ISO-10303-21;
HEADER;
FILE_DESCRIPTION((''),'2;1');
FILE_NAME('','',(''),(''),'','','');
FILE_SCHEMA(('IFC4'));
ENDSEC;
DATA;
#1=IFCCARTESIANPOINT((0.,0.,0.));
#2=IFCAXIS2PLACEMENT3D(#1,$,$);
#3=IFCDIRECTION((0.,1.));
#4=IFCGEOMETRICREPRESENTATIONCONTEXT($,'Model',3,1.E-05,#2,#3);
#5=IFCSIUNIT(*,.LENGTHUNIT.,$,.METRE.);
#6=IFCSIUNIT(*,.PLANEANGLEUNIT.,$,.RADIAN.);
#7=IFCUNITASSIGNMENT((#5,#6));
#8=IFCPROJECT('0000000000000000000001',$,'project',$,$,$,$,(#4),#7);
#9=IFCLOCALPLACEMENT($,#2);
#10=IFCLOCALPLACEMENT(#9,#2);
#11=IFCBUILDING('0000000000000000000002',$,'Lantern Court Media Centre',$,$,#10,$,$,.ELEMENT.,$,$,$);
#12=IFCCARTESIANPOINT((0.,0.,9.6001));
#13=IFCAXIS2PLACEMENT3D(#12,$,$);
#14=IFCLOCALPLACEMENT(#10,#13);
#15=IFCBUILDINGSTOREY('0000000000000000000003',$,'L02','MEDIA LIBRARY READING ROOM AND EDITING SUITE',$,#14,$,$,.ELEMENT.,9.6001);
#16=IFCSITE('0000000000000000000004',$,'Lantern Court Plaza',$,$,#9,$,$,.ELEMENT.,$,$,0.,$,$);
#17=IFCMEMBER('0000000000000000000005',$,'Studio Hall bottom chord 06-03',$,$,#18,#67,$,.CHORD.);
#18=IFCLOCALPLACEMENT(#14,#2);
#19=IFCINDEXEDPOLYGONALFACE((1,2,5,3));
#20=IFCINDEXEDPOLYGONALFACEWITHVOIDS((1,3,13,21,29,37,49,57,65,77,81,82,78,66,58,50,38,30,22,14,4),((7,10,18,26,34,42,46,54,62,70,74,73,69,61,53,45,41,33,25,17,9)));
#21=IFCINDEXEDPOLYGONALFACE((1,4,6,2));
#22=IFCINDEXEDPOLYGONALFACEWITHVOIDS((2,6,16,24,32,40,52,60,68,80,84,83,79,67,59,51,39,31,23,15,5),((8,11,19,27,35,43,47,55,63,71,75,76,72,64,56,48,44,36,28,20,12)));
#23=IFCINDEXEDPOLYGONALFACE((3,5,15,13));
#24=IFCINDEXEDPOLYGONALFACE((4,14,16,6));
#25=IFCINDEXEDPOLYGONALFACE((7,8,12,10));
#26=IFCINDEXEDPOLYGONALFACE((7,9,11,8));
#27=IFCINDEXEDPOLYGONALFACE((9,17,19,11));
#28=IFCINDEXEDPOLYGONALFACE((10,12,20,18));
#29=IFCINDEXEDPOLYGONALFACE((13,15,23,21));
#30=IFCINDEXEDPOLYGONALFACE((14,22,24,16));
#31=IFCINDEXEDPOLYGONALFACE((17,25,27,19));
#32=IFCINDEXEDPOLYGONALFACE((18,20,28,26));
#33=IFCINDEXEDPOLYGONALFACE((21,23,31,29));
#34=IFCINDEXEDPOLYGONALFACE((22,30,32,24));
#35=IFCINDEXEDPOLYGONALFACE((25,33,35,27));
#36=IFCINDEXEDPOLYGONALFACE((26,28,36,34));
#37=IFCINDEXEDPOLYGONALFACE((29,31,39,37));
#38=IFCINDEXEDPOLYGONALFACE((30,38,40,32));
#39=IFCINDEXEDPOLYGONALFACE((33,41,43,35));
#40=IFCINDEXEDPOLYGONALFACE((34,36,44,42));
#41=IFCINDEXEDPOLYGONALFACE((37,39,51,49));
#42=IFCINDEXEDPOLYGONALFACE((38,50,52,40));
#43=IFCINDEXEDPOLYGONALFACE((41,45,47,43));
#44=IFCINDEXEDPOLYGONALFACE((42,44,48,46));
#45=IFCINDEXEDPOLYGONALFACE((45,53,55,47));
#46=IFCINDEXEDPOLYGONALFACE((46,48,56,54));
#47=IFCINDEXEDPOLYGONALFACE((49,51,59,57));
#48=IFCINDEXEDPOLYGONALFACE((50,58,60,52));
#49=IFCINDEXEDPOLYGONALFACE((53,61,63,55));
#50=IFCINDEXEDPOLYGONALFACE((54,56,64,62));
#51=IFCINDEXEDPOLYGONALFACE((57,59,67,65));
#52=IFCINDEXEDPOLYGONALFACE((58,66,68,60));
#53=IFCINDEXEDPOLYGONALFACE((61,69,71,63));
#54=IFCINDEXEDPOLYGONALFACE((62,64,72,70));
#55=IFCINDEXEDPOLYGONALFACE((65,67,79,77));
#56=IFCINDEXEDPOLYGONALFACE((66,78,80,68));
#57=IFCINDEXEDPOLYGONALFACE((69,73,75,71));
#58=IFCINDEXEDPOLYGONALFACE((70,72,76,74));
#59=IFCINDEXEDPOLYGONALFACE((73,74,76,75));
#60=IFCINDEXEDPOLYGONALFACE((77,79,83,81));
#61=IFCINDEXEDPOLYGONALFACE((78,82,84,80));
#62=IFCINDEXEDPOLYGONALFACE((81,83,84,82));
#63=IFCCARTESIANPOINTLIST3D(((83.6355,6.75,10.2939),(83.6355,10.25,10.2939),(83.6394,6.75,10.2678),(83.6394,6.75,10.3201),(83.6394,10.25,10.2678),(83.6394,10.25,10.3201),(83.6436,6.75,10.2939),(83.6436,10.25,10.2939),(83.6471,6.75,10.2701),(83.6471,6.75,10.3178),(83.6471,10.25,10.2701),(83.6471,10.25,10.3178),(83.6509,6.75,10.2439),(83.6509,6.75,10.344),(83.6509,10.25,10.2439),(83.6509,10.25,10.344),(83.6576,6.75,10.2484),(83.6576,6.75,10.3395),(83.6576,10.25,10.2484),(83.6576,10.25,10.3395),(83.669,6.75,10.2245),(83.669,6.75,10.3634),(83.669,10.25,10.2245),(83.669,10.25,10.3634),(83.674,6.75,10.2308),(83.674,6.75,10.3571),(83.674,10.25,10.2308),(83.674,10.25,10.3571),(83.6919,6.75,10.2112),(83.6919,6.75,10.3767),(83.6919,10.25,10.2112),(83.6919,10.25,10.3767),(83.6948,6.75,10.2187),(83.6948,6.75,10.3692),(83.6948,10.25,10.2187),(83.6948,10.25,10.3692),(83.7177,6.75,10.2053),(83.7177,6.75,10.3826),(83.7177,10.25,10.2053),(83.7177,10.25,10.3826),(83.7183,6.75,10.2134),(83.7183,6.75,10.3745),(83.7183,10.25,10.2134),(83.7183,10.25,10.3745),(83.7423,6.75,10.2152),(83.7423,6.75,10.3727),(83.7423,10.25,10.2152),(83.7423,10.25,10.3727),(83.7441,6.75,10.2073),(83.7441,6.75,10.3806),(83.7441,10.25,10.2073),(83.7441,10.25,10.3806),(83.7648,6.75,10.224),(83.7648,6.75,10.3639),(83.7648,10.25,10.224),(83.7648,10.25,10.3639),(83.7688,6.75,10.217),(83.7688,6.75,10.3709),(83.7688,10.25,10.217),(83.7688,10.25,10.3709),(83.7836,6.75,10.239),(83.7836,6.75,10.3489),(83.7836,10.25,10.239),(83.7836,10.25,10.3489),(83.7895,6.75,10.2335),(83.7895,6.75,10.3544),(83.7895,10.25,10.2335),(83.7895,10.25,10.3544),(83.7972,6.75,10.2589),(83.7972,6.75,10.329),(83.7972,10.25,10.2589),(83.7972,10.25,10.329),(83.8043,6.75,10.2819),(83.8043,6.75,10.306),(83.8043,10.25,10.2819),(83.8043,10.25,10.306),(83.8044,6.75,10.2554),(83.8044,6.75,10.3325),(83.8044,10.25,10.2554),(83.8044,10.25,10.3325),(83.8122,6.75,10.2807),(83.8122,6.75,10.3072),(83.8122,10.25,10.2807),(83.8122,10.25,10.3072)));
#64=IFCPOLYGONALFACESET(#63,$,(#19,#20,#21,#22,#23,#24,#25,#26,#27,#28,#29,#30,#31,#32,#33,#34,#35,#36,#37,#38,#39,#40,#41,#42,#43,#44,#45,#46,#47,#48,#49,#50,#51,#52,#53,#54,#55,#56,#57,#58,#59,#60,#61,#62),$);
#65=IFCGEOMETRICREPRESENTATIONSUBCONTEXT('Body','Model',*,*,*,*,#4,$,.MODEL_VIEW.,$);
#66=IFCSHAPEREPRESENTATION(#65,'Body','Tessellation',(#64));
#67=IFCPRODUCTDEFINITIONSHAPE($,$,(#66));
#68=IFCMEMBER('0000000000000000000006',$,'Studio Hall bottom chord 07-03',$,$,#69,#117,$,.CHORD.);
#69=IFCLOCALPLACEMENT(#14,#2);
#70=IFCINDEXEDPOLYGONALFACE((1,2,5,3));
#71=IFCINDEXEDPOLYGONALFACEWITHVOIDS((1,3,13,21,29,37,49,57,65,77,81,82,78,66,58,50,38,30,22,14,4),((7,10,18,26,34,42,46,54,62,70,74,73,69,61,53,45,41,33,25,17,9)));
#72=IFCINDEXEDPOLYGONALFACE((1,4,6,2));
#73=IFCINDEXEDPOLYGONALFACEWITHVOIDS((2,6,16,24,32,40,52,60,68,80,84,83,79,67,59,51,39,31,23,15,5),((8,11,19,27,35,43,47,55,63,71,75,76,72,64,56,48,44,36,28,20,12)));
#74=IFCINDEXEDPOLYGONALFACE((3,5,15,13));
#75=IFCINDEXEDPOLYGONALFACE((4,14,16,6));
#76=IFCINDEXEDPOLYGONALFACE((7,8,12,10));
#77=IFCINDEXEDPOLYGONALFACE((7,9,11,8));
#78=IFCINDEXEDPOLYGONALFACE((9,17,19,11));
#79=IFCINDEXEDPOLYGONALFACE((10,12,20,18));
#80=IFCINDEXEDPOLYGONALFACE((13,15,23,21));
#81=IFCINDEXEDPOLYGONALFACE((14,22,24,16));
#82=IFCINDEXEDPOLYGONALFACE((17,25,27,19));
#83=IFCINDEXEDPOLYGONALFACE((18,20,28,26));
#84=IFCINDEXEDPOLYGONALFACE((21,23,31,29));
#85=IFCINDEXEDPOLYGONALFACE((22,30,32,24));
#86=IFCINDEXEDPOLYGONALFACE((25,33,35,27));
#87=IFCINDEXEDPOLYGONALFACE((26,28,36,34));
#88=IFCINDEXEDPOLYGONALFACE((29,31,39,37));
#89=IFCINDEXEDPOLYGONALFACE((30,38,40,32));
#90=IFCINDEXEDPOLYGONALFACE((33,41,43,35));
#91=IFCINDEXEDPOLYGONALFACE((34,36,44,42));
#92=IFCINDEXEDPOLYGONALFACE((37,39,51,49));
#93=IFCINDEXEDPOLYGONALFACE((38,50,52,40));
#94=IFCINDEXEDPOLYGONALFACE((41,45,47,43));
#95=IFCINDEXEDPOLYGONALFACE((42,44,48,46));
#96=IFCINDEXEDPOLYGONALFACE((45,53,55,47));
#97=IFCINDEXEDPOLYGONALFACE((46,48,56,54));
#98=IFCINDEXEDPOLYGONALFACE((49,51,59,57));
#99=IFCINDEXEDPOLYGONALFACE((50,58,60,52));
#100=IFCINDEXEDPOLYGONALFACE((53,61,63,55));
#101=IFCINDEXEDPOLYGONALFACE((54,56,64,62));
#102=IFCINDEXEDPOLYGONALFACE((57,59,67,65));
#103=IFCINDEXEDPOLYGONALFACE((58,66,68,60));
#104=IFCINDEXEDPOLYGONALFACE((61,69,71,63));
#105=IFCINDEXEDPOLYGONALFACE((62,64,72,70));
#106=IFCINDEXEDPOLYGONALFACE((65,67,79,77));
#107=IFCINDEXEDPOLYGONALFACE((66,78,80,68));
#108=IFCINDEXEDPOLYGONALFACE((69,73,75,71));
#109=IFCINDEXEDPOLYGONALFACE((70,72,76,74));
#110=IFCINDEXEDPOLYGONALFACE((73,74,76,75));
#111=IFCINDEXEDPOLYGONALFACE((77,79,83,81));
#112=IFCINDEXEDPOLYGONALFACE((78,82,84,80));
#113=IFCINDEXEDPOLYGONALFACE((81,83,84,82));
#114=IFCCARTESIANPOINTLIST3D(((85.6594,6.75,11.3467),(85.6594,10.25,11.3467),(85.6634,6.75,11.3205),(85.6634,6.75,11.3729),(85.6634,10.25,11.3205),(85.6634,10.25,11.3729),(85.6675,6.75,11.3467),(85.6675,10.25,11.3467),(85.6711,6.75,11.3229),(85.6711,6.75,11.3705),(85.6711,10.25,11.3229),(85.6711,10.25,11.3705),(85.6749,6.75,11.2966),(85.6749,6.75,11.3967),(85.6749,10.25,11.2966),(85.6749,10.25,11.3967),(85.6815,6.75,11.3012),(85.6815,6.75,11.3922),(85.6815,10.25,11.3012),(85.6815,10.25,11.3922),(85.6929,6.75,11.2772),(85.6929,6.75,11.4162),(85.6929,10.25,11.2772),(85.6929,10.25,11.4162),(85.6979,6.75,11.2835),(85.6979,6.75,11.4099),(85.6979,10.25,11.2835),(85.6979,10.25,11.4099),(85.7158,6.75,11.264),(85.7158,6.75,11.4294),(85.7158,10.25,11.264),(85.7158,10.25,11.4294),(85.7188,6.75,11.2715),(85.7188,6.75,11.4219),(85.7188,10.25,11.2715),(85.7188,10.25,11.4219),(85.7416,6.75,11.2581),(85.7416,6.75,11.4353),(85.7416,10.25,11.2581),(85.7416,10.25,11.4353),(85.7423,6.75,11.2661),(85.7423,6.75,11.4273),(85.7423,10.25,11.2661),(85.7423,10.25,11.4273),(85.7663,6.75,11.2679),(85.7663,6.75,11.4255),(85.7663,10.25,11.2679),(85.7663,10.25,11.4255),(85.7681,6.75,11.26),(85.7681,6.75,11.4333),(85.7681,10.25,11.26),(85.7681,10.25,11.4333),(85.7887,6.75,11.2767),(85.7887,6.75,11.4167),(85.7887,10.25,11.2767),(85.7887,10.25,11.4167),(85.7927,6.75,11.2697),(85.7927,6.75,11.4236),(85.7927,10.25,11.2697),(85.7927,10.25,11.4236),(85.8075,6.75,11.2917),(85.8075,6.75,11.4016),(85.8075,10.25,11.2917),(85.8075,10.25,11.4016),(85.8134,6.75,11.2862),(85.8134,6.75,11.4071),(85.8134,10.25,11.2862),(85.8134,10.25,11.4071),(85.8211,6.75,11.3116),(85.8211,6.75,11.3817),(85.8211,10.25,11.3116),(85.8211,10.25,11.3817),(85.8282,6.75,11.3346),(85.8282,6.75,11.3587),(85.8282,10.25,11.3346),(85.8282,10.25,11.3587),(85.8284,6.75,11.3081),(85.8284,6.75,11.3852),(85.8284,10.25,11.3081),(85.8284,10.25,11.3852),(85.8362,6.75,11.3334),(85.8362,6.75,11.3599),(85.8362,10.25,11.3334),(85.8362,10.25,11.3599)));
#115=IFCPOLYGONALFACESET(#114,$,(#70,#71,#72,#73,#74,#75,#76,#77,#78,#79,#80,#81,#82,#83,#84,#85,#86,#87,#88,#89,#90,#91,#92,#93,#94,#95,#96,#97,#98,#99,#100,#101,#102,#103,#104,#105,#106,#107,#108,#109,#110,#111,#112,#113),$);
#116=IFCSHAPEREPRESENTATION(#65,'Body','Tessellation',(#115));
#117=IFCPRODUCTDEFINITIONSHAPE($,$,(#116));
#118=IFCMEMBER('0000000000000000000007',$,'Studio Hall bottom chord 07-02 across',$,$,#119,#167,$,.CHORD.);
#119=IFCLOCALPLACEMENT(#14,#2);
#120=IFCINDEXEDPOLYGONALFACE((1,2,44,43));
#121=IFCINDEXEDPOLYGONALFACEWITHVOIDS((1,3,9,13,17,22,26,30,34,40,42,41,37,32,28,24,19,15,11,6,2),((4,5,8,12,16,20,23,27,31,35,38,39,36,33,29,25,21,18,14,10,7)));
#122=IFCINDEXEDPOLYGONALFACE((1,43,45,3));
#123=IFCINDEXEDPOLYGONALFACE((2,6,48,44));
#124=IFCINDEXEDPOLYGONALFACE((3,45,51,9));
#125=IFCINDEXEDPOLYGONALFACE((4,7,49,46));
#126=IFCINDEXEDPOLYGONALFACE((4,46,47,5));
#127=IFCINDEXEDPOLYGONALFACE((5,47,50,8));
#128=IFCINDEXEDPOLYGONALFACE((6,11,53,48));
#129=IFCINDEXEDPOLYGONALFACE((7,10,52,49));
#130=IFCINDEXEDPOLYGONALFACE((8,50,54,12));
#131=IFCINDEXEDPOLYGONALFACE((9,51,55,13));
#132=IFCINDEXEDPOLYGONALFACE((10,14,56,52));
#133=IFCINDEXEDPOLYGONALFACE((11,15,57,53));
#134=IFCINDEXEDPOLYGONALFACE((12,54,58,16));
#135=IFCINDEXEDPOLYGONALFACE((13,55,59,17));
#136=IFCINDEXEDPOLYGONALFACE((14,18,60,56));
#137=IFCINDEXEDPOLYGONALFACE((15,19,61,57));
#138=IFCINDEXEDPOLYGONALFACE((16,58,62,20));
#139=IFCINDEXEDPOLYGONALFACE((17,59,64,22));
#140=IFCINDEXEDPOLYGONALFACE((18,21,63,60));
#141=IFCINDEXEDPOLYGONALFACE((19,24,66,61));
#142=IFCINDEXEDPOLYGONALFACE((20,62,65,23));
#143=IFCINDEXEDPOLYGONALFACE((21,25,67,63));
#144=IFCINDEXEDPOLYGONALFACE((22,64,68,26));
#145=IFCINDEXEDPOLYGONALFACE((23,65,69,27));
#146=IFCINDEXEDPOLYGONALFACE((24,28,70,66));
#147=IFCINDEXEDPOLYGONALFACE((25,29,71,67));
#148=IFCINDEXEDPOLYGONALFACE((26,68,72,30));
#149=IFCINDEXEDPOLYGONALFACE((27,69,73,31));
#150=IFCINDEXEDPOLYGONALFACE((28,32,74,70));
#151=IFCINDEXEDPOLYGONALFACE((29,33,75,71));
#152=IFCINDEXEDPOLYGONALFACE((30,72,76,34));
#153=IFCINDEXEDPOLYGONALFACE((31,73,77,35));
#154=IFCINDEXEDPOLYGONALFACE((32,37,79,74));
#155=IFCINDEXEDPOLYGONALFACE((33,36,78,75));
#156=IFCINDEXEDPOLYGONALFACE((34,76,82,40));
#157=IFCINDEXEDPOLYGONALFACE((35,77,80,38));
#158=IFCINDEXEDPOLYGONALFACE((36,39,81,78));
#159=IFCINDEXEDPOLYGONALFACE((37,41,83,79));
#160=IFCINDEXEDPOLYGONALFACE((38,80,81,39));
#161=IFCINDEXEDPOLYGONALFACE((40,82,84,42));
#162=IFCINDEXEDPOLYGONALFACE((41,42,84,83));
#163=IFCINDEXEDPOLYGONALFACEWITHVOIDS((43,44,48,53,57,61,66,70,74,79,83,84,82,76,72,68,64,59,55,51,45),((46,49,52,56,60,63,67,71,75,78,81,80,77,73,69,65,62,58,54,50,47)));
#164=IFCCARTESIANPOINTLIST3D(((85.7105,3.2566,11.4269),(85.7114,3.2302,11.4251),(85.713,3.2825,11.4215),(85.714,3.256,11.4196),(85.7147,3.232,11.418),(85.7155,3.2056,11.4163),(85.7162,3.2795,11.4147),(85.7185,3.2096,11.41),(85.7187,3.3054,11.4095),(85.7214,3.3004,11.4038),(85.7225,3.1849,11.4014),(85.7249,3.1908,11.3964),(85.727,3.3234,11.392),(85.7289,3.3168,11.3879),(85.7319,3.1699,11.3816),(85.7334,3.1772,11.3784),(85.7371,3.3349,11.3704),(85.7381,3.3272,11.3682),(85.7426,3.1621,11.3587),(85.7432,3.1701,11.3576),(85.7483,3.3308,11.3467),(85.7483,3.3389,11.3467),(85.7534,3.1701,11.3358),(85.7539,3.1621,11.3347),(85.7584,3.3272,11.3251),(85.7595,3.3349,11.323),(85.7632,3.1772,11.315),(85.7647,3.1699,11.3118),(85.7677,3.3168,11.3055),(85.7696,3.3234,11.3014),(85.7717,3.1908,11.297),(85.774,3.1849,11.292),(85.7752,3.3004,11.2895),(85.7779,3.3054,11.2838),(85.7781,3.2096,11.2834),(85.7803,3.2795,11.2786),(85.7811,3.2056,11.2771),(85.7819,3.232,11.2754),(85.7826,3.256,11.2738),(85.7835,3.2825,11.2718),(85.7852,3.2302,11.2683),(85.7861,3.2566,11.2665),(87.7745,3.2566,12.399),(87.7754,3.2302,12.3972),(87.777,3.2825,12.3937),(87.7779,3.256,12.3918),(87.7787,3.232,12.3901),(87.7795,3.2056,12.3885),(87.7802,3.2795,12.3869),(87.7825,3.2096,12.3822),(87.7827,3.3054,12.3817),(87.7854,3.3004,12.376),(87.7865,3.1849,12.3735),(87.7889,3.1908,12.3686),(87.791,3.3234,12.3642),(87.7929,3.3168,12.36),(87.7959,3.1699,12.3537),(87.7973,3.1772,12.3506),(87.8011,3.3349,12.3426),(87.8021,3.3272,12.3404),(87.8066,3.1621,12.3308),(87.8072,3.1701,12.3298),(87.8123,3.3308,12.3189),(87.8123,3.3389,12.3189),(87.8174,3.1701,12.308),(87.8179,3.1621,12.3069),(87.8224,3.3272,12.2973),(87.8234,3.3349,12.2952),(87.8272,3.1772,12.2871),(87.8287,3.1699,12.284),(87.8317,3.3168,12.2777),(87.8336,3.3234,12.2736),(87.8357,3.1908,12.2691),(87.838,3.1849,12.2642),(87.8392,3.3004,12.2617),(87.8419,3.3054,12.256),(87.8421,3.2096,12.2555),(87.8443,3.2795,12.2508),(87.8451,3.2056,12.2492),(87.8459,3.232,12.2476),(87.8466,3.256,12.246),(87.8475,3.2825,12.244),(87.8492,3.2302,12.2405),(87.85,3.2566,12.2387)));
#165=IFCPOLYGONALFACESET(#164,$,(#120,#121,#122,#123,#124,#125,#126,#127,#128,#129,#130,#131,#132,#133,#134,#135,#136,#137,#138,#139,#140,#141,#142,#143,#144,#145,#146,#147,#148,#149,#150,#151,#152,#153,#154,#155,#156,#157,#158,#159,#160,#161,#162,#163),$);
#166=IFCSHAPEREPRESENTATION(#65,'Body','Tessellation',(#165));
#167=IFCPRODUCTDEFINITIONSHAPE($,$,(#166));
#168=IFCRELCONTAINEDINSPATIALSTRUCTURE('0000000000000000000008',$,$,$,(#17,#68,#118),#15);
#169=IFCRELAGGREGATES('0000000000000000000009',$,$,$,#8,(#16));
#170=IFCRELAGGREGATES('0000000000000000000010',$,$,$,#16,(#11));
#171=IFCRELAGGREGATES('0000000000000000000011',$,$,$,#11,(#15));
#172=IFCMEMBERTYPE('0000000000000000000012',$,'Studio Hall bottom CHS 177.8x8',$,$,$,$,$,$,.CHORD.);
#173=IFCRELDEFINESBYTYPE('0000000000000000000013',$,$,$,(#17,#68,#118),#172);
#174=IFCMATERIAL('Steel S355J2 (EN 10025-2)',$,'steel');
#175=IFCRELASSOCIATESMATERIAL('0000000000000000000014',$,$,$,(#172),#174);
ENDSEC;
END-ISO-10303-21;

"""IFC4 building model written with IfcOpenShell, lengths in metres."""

from ifc_helpers import new_model, si_unit, direction, frame, origin, origin_2d, place, context, subcontext, project, spatial, hollow_circle, extrude, material, material_profile, profile_set, type_object, element, save


model = new_model("IFC4")

# Units and contexts
model_context = context("Model", 3, precision=1e-05, world=origin(), true_north=direction((0.0, 1.0)))
body_context = subcontext(model_context, "Body", "Model", "MODEL_VIEW")
ifc_project = project(units=[si_unit("LENGTHUNIT", "METRE"), si_unit("PLANEANGLEUNIT", "RADIAN")], contexts=[model_context])

# Site, building, storey
site_placement = place(None, origin())
site = spatial("IfcSite", under=ifc_project, at=site_placement, Name="Lantern Court Plaza", CompositionType="ELEMENT", RefElevation=0.0)
building_placement = place(site_placement, origin())
building = spatial("IfcBuilding", under=site, at=building_placement, Name="Lantern Court Media Centre", CompositionType="ELEMENT")
storey_placement = place(building_placement, frame((0.0, 0.0, 9.6001)))
storey = spatial("IfcBuildingStorey", under=building, at=storey_placement, Name="L02", Description="MEDIA LIBRARY READING ROOM AND EDITING SUITE", CompositionType="ELEMENT", Elevation=9.6001)

# Members
ifc_material = material(Name="Steel S355J2 (EN 10025-2)", Category="steel")
ifc_material_profile_1 = material_profile(ifc_material, hollow_circle(Radius=0.0889, WallThickness=0.0081, at=origin_2d()), Name="Studio Hall bottom CHS 177.8x8")
ifc_profile_set_1 = profile_set([ifc_material_profile_1], Name="Steel S355J2 (EN 10025-2)")
member_type_1 = type_object("IfcMemberType", Name="Studio Hall bottom CHS 177.8x8", PredefinedType="CHORD", material=ifc_profile_set_1)
for number, where, z_axis, x_axis, name in (
    (1, (83.7244, 6.75, 10.2939), (0.0, 1.0, 0.0), (-1.0, 0.0, 0.0), "Studio Hall bottom chord 06-03"),
    (2, (85.7483, 6.75, 11.3467), (0.0, 1.0, 0.0), (-1.0, 0.0, 0.0), "Studio Hall bottom chord 07-03"),
):
    element("IfcMember", number, at=place(storey_placement, frame(where, z_axis=z_axis, x_axis=x_axis)), inside=storey, type_object=member_type_1, Name=name, PredefinedType="CHORD", context=body_context, shape_type="SweptSolid", body=[
        extrude(hollow_circle(Radius=0.0889, WallThickness=0.0081, at=origin_2d()), origin(), (0.0, 0.0, 1.0), 3.5),
    ])
member_1_placement = place(storey_placement, frame((85.7483, 3.25, 11.3467), z_axis=(0.904668, 0.0, 0.426117), x_axis=(0.0, 1.0, 0.0)))
element("IfcMember", 3, at=member_1_placement, inside=storey, type_object=member_type_1, Name="Studio Hall bottom chord 07-02 across", PredefinedType="CHORD", context=body_context, shape_type="SweptSolid", body=[
    extrude(hollow_circle(Radius=0.0889, WallThickness=0.0081, at=origin_2d()), origin(), (0.0, 0.0, 1.0), 2.2815),
])

save(model, "model.ifc")
